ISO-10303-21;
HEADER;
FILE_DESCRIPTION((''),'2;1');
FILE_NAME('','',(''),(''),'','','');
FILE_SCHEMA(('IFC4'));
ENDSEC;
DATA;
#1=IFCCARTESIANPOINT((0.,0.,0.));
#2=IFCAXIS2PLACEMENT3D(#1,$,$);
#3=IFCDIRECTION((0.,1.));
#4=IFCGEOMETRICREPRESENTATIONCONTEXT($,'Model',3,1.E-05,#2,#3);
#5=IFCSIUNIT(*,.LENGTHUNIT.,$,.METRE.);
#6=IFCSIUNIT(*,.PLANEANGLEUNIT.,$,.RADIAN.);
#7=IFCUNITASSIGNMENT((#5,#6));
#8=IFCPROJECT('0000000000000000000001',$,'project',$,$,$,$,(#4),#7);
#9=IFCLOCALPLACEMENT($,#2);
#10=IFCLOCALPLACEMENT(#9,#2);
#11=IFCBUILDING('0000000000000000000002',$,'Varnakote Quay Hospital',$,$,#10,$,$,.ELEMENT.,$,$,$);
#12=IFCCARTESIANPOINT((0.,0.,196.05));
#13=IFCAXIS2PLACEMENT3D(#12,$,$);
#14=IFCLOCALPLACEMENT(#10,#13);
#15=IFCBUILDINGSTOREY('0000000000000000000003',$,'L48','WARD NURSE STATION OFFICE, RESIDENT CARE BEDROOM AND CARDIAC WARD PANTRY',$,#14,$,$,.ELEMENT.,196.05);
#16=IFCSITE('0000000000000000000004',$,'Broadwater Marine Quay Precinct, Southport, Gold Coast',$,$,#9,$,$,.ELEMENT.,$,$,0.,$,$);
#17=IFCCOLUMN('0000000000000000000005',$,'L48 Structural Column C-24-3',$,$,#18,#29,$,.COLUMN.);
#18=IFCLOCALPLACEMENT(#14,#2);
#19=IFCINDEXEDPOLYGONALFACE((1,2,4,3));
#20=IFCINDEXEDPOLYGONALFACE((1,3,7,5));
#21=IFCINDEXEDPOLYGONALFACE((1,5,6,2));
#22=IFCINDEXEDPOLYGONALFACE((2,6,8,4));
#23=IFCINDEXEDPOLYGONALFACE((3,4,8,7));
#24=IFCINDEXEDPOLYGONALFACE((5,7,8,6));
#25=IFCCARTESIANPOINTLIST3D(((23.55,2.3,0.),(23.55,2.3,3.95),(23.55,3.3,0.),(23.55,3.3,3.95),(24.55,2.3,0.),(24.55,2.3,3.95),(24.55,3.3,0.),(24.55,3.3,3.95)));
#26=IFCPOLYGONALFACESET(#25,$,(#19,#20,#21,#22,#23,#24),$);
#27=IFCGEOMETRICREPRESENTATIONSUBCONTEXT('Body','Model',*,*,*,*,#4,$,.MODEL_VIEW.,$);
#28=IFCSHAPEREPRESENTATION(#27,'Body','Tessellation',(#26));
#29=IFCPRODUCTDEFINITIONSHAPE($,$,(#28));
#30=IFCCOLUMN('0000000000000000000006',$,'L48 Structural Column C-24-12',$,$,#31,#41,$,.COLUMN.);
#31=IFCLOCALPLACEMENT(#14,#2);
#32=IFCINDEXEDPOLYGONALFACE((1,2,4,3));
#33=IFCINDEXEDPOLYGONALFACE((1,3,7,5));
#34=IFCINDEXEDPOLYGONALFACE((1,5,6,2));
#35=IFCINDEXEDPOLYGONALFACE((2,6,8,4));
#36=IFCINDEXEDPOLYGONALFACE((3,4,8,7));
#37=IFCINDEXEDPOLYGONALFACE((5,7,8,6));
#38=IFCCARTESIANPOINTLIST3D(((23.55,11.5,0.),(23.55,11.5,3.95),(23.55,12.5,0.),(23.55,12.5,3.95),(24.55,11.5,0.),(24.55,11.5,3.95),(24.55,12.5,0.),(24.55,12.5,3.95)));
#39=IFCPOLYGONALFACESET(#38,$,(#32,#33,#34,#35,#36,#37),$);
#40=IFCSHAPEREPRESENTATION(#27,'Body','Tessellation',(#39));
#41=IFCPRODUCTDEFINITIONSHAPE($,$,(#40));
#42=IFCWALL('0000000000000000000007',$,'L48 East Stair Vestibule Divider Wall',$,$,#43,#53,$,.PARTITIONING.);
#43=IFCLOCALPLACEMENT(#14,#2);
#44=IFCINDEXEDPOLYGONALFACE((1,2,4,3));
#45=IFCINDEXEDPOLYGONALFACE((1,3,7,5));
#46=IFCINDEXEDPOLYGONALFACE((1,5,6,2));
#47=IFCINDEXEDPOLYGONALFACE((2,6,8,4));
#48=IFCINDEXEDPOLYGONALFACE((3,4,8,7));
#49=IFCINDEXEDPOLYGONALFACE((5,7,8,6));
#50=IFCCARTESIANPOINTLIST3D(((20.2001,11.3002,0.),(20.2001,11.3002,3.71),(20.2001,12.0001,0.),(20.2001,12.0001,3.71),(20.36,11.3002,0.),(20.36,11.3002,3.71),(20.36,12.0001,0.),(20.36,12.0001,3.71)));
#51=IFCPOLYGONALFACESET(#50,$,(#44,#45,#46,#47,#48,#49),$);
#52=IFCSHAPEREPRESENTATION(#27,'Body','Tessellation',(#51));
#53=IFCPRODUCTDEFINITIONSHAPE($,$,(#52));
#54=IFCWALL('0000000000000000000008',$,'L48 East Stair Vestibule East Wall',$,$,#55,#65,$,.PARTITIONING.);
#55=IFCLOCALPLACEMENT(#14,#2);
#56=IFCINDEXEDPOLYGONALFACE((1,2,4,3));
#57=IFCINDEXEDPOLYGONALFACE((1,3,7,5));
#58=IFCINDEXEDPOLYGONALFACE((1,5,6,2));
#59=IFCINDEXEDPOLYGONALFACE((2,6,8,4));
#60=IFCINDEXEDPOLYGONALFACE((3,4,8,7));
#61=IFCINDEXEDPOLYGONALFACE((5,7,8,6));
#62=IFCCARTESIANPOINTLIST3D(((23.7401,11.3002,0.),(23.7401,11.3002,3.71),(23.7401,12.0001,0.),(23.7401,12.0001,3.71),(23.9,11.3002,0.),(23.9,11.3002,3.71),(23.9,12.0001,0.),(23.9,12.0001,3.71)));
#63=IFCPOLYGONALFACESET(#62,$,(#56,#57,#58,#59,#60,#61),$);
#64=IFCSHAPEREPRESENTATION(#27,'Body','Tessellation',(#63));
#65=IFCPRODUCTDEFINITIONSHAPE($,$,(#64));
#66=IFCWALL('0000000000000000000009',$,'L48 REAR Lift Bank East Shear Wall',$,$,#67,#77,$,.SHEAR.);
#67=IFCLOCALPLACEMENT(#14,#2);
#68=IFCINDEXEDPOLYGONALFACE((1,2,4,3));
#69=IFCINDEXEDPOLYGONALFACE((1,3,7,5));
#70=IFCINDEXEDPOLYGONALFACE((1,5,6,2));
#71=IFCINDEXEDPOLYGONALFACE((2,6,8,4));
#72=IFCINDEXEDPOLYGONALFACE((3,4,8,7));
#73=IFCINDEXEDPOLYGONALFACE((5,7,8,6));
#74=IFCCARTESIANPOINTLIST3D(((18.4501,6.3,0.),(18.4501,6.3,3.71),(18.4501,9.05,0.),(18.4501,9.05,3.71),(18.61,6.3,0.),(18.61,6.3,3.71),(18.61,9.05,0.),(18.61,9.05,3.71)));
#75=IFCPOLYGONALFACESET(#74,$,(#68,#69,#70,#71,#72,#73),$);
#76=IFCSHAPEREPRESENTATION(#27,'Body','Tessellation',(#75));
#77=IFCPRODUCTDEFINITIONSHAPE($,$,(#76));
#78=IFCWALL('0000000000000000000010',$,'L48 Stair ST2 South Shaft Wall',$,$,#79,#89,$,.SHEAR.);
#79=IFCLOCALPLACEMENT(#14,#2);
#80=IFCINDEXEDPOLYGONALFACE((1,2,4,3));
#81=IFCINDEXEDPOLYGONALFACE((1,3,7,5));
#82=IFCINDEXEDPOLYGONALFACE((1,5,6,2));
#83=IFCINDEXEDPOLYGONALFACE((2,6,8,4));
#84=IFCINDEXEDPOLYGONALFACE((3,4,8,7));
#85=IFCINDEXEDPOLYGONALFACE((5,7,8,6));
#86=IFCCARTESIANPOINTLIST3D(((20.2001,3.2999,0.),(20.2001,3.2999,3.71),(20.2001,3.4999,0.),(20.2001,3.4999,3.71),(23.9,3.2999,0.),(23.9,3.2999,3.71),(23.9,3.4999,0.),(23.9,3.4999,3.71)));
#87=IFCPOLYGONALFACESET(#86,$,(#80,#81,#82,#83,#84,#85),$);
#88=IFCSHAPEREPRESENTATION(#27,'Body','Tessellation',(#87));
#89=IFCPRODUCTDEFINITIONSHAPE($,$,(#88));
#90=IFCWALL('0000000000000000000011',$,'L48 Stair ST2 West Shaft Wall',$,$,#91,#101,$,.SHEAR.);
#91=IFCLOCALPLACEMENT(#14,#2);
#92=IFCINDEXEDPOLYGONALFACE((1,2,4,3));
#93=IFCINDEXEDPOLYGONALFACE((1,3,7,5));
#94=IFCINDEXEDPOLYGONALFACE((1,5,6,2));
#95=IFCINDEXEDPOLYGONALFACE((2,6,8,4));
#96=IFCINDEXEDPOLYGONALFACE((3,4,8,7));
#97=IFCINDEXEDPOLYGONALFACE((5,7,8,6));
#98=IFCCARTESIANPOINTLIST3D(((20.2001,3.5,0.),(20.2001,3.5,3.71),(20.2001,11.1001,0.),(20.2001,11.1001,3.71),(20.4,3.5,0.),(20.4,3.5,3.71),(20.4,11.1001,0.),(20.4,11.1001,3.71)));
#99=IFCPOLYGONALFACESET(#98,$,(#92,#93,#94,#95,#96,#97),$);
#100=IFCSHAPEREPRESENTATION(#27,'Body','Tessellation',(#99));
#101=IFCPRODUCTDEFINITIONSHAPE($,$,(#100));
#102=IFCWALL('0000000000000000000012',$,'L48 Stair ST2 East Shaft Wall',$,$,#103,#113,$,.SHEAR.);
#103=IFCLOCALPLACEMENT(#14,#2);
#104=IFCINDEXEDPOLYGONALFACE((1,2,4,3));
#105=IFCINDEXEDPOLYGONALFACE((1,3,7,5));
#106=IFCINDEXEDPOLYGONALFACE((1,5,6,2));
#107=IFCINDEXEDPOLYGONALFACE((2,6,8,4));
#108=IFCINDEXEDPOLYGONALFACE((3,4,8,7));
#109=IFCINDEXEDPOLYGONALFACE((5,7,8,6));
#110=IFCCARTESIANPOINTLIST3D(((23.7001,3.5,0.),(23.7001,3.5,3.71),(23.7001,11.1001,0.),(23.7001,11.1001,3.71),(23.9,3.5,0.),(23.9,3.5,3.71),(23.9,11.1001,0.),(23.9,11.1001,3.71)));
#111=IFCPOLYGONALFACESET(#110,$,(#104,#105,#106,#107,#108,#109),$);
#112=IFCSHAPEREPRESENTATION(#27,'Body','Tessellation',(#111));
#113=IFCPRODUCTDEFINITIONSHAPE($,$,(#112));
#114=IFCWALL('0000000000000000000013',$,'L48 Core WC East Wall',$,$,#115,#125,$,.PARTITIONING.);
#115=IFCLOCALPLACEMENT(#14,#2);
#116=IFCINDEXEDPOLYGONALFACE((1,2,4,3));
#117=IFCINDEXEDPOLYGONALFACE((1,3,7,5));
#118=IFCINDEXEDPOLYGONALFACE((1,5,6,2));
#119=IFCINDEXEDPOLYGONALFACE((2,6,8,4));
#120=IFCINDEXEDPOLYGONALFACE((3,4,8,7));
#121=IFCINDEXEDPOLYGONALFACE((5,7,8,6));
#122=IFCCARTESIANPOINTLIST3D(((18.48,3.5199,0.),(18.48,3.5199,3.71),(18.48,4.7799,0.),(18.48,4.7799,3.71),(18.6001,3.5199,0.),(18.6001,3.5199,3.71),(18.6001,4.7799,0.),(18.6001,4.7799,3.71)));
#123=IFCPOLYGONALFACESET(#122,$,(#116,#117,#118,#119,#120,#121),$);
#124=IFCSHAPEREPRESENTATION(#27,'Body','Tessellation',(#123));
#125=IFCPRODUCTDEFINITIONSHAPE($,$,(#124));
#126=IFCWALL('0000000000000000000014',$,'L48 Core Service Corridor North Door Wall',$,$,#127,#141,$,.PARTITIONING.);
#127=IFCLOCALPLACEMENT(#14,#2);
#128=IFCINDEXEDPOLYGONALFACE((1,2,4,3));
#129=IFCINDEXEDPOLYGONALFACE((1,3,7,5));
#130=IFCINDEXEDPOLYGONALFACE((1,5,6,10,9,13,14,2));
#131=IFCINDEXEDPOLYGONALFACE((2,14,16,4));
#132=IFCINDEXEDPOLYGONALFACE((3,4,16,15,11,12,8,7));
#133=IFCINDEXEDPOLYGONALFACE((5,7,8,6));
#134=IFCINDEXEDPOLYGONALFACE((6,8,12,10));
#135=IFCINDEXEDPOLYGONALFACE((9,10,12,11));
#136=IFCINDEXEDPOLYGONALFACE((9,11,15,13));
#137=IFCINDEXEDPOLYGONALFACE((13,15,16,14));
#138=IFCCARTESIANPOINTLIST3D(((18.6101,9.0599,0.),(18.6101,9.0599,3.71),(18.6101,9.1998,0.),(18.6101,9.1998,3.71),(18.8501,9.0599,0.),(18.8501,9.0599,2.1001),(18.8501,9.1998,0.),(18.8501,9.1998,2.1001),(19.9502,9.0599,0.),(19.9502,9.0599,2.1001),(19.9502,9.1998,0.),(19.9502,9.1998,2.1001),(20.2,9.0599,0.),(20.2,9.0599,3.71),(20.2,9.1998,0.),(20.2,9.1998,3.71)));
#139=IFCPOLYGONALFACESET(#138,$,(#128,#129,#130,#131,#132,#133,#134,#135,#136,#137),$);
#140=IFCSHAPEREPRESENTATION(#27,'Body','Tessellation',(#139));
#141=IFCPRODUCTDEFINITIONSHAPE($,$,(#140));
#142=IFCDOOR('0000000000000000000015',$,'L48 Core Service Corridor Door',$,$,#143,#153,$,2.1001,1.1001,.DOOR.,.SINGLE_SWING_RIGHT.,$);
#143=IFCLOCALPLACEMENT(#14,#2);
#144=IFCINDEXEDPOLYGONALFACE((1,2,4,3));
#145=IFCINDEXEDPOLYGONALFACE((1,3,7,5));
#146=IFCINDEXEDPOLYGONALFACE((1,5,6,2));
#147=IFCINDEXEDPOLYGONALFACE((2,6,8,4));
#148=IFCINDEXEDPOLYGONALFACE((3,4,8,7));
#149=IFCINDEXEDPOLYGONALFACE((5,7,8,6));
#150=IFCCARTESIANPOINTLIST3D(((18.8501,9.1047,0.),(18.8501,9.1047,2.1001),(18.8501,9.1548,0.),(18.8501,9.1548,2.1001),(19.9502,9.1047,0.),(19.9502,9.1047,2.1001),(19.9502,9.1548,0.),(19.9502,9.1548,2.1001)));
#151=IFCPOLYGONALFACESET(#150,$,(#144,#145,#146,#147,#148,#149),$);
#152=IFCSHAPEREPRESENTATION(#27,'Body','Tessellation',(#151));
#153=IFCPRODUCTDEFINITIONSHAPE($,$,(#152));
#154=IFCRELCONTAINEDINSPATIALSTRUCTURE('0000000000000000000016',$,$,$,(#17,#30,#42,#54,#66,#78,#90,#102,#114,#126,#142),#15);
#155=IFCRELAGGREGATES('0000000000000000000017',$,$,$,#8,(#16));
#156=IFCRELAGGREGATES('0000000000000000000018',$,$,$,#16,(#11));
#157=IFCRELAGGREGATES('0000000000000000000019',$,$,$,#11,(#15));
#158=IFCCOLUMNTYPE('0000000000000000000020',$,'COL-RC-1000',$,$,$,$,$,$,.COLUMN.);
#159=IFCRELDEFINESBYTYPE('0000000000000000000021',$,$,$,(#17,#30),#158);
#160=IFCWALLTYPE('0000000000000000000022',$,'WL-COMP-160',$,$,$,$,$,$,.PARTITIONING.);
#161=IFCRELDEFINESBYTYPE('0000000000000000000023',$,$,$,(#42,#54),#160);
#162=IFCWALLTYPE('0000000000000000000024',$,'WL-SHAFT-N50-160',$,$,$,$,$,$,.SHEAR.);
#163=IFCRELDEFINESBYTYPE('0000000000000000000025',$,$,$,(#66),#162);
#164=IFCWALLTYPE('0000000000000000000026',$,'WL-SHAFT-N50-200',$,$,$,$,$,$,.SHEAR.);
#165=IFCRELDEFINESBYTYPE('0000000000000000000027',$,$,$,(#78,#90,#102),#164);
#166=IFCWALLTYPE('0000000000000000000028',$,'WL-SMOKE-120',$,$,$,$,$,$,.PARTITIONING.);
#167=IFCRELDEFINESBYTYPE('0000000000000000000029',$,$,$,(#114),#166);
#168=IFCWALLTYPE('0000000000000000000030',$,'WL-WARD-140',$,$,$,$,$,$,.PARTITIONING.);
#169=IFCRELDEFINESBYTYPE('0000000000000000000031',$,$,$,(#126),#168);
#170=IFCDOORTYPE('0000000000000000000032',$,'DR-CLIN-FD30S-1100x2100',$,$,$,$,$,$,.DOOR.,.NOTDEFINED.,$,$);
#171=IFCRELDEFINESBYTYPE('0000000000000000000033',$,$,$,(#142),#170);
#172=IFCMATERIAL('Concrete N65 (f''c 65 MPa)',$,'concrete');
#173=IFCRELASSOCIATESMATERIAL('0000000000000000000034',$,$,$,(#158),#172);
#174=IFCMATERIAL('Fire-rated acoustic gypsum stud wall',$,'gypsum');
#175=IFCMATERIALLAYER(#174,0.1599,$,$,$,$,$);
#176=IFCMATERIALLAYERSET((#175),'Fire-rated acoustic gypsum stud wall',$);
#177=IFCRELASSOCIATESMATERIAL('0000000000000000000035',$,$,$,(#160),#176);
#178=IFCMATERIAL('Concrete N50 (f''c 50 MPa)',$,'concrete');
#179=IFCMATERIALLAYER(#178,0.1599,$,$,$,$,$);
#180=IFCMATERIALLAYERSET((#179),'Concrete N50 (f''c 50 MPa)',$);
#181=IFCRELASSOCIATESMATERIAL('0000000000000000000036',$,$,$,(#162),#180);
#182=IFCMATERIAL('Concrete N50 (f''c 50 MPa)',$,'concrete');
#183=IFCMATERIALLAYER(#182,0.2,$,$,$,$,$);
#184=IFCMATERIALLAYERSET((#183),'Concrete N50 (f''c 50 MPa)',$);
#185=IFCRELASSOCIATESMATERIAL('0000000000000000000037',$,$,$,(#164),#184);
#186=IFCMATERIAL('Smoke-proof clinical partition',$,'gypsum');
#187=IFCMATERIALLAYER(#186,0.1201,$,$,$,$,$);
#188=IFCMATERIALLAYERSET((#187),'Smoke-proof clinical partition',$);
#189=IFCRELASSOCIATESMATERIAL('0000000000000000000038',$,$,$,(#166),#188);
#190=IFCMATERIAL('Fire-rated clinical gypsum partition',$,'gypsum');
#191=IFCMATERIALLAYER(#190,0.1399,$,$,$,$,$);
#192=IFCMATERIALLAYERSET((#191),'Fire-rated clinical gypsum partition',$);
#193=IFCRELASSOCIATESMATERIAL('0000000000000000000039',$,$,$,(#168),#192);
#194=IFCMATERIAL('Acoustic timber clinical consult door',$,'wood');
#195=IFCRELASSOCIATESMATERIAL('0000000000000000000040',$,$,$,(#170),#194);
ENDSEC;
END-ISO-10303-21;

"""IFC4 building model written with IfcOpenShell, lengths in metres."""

from ifc_helpers import new_model, si_unit, direction, frame, frame_2d, origin, origin_2d, place, context, subcontext, project, spatial, rectangle, extrude, material, layer, layer_set, material_profile, profile_set, type_object, element, fill, save


model = new_model("IFC4")

# Units and contexts
model_context = context("Model", 3, precision=1e-05, world=origin(), true_north=direction((0.0, 1.0)))
body_context = subcontext(model_context, "Body", "Model", "MODEL_VIEW")
ifc_project = project(units=[si_unit("LENGTHUNIT", "METRE"), si_unit("PLANEANGLEUNIT", "RADIAN")], contexts=[model_context])

# Site, building, storey
site_placement = place(None, origin())
site = spatial("IfcSite", under=ifc_project, at=site_placement, Name="Broadwater Marine Quay Precinct, Southport, Gold Coast", CompositionType="ELEMENT", RefElevation=0.0)
building_placement = place(site_placement, origin())
building = spatial("IfcBuilding", under=site, at=building_placement, Name="Varnakote Quay Hospital", CompositionType="ELEMENT")
storey_placement = place(building_placement, frame((0.0, 0.0, 196.05)))
storey = spatial("IfcBuildingStorey", under=building, at=storey_placement, Name="L48", Description="WARD NURSE STATION OFFICE, RESIDENT CARE BEDROOM AND CARDIAC WARD PANTRY", CompositionType="ELEMENT", Elevation=196.05)

# Columns
ifc_material_1 = material(Name="Concrete N65 (f'c 65 MPa)", Category="concrete")
ifc_material_profile = material_profile(ifc_material_1, rectangle(XDim=1.0, YDim=1.0, at=origin_2d()), Name="RC-COL-1000x1000")
ifc_profile_set = profile_set([ifc_material_profile], Name="Concrete N65 (f'c 65 MPa)")
column_type = type_object("IfcColumnType", Name="COL-RC-1000", PredefinedType="COLUMN", material=ifc_profile_set)
for number, where, z_axis, x_axis, name in (
    (1, (24.05, 2.8, 0.0), (0.0, 0.0, 1.0), (1.0, 0.0, 0.0), "L48 Structural Column C-24-3"),
    (2, (24.05, 12.0, 0.0), (0.0, 0.0, 1.0), (1.0, 0.0, 0.0), "L48 Structural Column C-24-12"),
):
    element("IfcColumn", number, at=place(storey_placement, frame(where, z_axis=z_axis, x_axis=x_axis)), inside=storey, type_object=column_type, Name=name, PredefinedType="COLUMN", context=body_context, shape_type="SweptSolid", body=[
        extrude(rectangle(XDim=1.0, YDim=1.0, at=origin_2d()), origin(), (0.0, 0.0, 1.0), 3.95),
    ])

# Walls
ifc_material_2 = material(Name="Fire-rated acoustic gypsum stud wall", Category="gypsum")
ifc_layer_1 = layer(ifc_material_2, 0.1599)
ifc_layer_set_1 = layer_set([ifc_layer_1], Name="Fire-rated acoustic gypsum stud wall")
wall_type_1 = type_object("IfcWallType", Name="WL-COMP-160", PredefinedType="PARTITIONING", material=ifc_layer_set_1)
for number, where, z_axis, x_axis, name in (
    (3, (20.28, 11.3, 0.0), (0.0, 0.0, 1.0), (0.0, 1.0, 0.0), "L48 East Stair Vestibule Divider Wall"),
    (4, (23.8201, 11.3, 0.0), (0.0, 0.0, 1.0), (0.0, 1.0, 0.0), "L48 East Stair Vestibule East Wall"),
):
    element("IfcWall", number, at=place(storey_placement, frame(where, z_axis=z_axis, x_axis=x_axis)), inside=storey, type_object=wall_type_1, Name=name, PredefinedType="PARTITIONING", context=body_context, shape_type="SweptSolid", body=[
        extrude(rectangle(XDim=0.7, YDim=0.1599, at=frame_2d((0.3501, 0.0))), origin(), (0.0, 0.0, 1.0), 3.71),
    ])
ifc_material_3 = material(Name="Concrete N50 (f'c 50 MPa)", Category="concrete")
ifc_layer_2 = layer(ifc_material_3, 0.1599)
ifc_layer_set_2 = layer_set([ifc_layer_2], Name="Concrete N50 (f'c 50 MPa)")
wall_type_2 = type_object("IfcWallType", Name="WL-SHAFT-N50-160", PredefinedType="SHEAR", material=ifc_layer_set_2)
wall_1_placement = place(storey_placement, frame((18.53, 6.3, 0.0), z_axis=(0.0, 0.0, 1.0), x_axis=(0.0, 1.0, 0.0)))
element("IfcWall", 5, at=wall_1_placement, inside=storey, type_object=wall_type_2, Name="L48 REAR Lift Bank East Shear Wall", PredefinedType="SHEAR", context=body_context, shape_type="SweptSolid", body=[
    extrude(rectangle(XDim=2.75, YDim=0.1599, at=frame_2d((1.375, 0.0))), origin(), (0.0, 0.0, 1.0), 3.71),
])
ifc_material_4 = material(Name="Concrete N50 (f'c 50 MPa)", Category="concrete")
ifc_layer_3 = layer(ifc_material_4, 0.2)
ifc_layer_set_3 = layer_set([ifc_layer_3], Name="Concrete N50 (f'c 50 MPa)")
wall_type_3 = type_object("IfcWallType", Name="WL-SHAFT-N50-200", PredefinedType="SHEAR", material=ifc_layer_set_3)
wall_2_placement = place(storey_placement, frame((20.2, 3.3999, 0.0), z_axis=(0.0, 0.0, 1.0), x_axis=(1.0, 0.0, 0.0)))
element("IfcWall", 6, at=wall_2_placement, inside=storey, type_object=wall_type_3, Name="L48 Stair ST2 South Shaft Wall", PredefinedType="SHEAR", context=body_context, shape_type="SweptSolid", body=[
    extrude(rectangle(XDim=3.7, YDim=0.2, at=frame_2d((1.8501, 0.0))), origin(), (0.0, 0.0, 1.0), 3.71),
])
for number, where, z_axis, x_axis, name in (
    (7, (20.3, 3.5, 0.0), (0.0, 0.0, 1.0), (0.0, 1.0, 0.0), "L48 Stair ST2 West Shaft Wall"),
    (8, (23.8, 3.5, 0.0), (0.0, 0.0, 1.0), (0.0, 1.0, 0.0), "L48 Stair ST2 East Shaft Wall"),
):
    element("IfcWall", number, at=place(storey_placement, frame(where, z_axis=z_axis, x_axis=x_axis)), inside=storey, type_object=wall_type_3, Name=name, PredefinedType="SHEAR", context=body_context, shape_type="SweptSolid", body=[
        extrude(rectangle(XDim=7.6001, YDim=0.2, at=frame_2d((3.8, 0.0))), origin(), (0.0, 0.0, 1.0), 3.71),
    ])

# Wall
ifc_material_5 = material(Name="Smoke-proof clinical partition", Category="gypsum")
ifc_layer_4 = layer(ifc_material_5, 0.1201)
ifc_layer_set_4 = layer_set([ifc_layer_4], Name="Smoke-proof clinical partition")
wall_type_4 = type_object("IfcWallType", Name="WL-SMOKE-120", PredefinedType="PARTITIONING", material=ifc_layer_set_4)
wall_3_placement = place(storey_placement, frame((18.54, 3.52, 0.0), z_axis=(0.0, 0.0, 1.0), x_axis=(0.0, 1.0, 0.0)))
element("IfcWall", 9, at=wall_3_placement, inside=storey, type_object=wall_type_4, Name="L48 Core WC East Wall", PredefinedType="PARTITIONING", context=body_context, shape_type="SweptSolid", body=[
    extrude(rectangle(XDim=1.26, YDim=0.1201, at=frame_2d((0.6299, 0.0))), origin(), (0.0, 0.0, 1.0), 3.71),
])

# Wall, opening, door
ifc_material_6 = material(Name="Fire-rated clinical gypsum partition", Category="gypsum")
ifc_layer_5 = layer(ifc_material_6, 0.1399)
ifc_layer_set_5 = layer_set([ifc_layer_5], Name="Fire-rated clinical gypsum partition")
wall_type_5 = type_object("IfcWallType", Name="WL-WARD-140", PredefinedType="PARTITIONING", material=ifc_layer_set_5)
wall_4_placement = place(storey_placement, frame((18.6101, 9.1299, 0.0), z_axis=(0.0, 0.0, 1.0), x_axis=(1.0, 0.0, 0.0)))
wall_4 = element("IfcWall", 10, at=wall_4_placement, inside=storey, type_object=wall_type_5, Name="L48 Core Service Corridor North Door Wall", PredefinedType="PARTITIONING", context=body_context, shape_type="SweptSolid", body=[
    extrude(rectangle(XDim=1.5898, YDim=0.1399, at=frame_2d((0.7949, 0.0))), origin(), (0.0, 0.0, 1.0), 3.71),
])
opening_1_placement = place(wall_4_placement, frame((0.24, 0.0, 0.0)))
opening_1 = element("IfcOpeningElement", 11, at=opening_1_placement, cuts=wall_4, PredefinedType="OPENING", context=body_context, shape_type="SweptSolid", body=[
    extrude(rectangle(XDim=1.1001, YDim=2.1001, at=frame_2d((0.55, 1.05))), frame((0.0, 0.0798, 0.0), z_axis=(0.0, -1.0, 0.0), x_axis=(1.0, 0.0, 0.0)), (0.0, 0.0, 1.0), 0.1599),
])
ifc_material_7 = material(Name="Acoustic timber clinical consult door", Category="wood")
door_type_1 = type_object("IfcDoorType", Name="DR-CLIN-FD30S-1100x2100", OperationType="NOTDEFINED", PredefinedType="DOOR", material=ifc_material_7)
door_1_placement = place(opening_1_placement, origin())
door_1 = element("IfcDoor", 12, at=door_1_placement, inside=storey, type_object=door_type_1, Name="L48 Core Service Corridor Door", OperationType="SINGLE_SWING_RIGHT", OverallHeight=2.1001, OverallWidth=1.1001, PredefinedType="DOOR", context=body_context, shape_type="SweptSolid", body=[
    extrude(rectangle(XDim=1.1001, YDim=2.1001, at=frame_2d((0.55, 1.05))), frame((0.0, 0.0249, 0.0), z_axis=(0.0, -1.0, 0.0), x_axis=(1.0, 0.0, 0.0)), (0.0, 0.0, 1.0), 0.05),
])
fill(opening_1, door_1)

save(model, "model.ifc")
